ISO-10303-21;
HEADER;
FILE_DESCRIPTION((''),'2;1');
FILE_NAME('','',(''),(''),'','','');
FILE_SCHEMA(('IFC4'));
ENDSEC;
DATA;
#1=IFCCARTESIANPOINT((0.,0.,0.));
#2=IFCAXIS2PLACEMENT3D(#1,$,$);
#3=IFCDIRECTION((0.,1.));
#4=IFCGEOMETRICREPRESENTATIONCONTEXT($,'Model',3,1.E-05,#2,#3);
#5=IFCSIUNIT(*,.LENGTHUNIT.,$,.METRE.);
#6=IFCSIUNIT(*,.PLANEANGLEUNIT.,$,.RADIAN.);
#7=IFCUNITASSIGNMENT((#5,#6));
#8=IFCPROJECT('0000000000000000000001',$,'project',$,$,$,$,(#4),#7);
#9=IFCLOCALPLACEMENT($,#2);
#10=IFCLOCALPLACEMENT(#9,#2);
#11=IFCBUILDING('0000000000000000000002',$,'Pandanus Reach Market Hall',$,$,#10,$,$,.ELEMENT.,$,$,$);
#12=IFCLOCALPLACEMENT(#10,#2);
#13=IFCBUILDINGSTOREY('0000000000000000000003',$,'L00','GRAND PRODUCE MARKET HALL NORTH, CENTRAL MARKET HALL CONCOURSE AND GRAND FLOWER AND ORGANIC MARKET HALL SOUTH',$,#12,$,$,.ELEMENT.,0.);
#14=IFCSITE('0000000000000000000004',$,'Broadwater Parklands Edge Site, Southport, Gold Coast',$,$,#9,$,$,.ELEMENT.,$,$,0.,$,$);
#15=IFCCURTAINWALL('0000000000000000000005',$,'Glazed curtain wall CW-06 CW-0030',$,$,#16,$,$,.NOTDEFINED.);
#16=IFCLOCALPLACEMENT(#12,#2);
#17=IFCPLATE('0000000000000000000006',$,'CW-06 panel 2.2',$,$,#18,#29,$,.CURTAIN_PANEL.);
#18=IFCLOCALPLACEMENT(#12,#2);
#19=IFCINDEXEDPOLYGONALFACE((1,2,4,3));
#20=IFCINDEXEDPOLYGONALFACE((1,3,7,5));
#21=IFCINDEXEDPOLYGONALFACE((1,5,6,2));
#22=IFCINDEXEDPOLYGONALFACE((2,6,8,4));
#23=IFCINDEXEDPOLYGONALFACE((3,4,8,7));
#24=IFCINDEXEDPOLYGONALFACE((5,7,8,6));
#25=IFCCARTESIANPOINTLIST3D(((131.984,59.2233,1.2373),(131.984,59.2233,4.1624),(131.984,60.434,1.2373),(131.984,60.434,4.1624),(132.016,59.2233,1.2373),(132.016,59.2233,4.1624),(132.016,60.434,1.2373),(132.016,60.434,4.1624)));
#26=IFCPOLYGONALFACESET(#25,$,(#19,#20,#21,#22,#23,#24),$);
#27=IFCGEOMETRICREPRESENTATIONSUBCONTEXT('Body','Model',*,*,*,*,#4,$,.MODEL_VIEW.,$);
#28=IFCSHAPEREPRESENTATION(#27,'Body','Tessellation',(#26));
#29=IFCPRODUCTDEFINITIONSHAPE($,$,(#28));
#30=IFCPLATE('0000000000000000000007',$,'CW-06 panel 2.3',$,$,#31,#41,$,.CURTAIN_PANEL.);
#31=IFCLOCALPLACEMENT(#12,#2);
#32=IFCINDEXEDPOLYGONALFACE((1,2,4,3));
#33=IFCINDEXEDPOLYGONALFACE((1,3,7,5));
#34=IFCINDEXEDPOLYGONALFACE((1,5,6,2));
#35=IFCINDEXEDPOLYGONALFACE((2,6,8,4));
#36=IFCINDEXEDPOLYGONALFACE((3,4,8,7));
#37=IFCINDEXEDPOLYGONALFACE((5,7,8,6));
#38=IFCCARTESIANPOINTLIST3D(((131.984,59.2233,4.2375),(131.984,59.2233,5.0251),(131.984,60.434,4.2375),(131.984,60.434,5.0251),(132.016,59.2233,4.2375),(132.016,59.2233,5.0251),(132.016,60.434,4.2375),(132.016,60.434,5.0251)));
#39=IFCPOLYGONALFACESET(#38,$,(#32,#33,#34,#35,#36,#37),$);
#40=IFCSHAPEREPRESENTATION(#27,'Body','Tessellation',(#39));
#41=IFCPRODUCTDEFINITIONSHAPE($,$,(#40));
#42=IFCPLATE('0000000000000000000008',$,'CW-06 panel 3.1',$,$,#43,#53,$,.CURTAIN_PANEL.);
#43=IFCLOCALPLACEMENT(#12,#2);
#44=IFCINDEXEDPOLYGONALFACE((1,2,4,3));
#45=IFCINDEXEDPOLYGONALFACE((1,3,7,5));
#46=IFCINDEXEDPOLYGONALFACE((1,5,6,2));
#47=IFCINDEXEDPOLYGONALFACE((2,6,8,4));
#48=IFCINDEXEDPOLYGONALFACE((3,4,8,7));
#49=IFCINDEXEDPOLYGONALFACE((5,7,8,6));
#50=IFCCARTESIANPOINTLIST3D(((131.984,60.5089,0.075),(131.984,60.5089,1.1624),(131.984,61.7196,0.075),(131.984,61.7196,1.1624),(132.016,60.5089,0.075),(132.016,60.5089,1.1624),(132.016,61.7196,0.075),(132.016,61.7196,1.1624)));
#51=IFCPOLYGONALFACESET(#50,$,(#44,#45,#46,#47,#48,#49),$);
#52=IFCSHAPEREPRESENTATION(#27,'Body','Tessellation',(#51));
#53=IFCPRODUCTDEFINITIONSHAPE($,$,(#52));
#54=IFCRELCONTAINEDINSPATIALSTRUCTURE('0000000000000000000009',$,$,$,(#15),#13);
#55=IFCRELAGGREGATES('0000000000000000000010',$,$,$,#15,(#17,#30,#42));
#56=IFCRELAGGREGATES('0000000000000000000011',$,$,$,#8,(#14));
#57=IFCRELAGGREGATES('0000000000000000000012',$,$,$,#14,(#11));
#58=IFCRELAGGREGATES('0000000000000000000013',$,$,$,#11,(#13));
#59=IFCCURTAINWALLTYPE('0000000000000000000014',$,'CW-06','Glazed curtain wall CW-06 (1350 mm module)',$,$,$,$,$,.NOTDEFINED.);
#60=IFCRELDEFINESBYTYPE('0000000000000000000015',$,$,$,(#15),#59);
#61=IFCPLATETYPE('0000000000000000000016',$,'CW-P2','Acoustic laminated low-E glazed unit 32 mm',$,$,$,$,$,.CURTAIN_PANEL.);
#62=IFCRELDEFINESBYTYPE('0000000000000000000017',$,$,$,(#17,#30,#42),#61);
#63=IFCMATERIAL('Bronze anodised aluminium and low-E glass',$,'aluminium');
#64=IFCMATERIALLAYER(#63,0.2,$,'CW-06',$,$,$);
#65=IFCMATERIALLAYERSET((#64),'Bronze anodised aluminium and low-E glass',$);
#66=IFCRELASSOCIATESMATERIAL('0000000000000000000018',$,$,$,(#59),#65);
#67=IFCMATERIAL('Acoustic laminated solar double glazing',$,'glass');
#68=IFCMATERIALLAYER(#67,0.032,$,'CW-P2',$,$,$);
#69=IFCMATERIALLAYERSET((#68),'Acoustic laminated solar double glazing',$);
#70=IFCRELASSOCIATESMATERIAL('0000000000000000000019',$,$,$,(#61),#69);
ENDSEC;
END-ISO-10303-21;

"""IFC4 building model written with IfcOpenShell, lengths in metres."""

from ifc_helpers import new_model, si_unit, direction, frame, origin, origin_2d, place, context, subcontext, project, spatial, rectangle, extrude, material, layer, layer_set, type_object, element, aggregate, save


model = new_model("IFC4")

# Units and contexts
model_context = context("Model", 3, precision=1e-05, world=origin(), true_north=direction((0.0, 1.0)))
body_context = subcontext(model_context, "Body", "Model", "MODEL_VIEW")
ifc_project = project(units=[si_unit("LENGTHUNIT", "METRE"), si_unit("PLANEANGLEUNIT", "RADIAN")], contexts=[model_context])

# Site, building, storey
site_placement = place(None, origin())
site = spatial("IfcSite", under=ifc_project, at=site_placement, Name="Broadwater Parklands Edge Site, Southport, Gold Coast", CompositionType="ELEMENT", RefElevation=0.0)
building_placement = place(site_placement, origin())
building = spatial("IfcBuilding", under=site, at=building_placement, Name="Pandanus Reach Market Hall", CompositionType="ELEMENT")
storey_placement = place(building_placement, origin())
storey = spatial("IfcBuildingStorey", under=building, at=storey_placement, Name="L00", Description="GRAND PRODUCE MARKET HALL NORTH, CENTRAL MARKET HALL CONCOURSE AND GRAND FLOWER AND ORGANIC MARKET HALL SOUTH", CompositionType="ELEMENT", Elevation=0.0)

# Curtain wall
ifc_material_1 = material(Name="Bronze anodised aluminium and low-E glass", Category="aluminium")
ifc_layer_1 = layer(ifc_material_1, 0.2, Name="CW-06")
ifc_layer_set_1 = layer_set([ifc_layer_1], Name="Bronze anodised aluminium and low-E glass")
curtain_wall_type = type_object("IfcCurtainWallType", Name="CW-06", Description="Glazed curtain wall CW-06 (1350 mm module)", PredefinedType="NOTDEFINED", material=ifc_layer_set_1)
curtain_wall_1_placement = place(storey_placement, origin())
curtain_wall_1 = element("IfcCurtainWall", 1, at=curtain_wall_1_placement, inside=storey, type_object=curtain_wall_type, Name="Glazed curtain wall CW-06 CW-0030", PredefinedType="NOTDEFINED")

# Plates
ifc_material_2 = material(Name="Acoustic laminated solar double glazing", Category="glass")
ifc_layer_2 = layer(ifc_material_2, 0.032, Name="CW-P2")
ifc_layer_set_2 = layer_set([ifc_layer_2], Name="Acoustic laminated solar double glazing")
plate_type = type_object("IfcPlateType", Name="CW-P2", Description="Acoustic laminated low-E glazed unit 32 mm", PredefinedType="CURTAIN_PANEL", material=ifc_layer_set_2)
plate_1_placement = place(storey_placement, frame((132.0, 59.8286, 1.2373), z_axis=(0.0, 0.0, 1.0), x_axis=(0.0, 1.0, 0.0)))
plate_1 = element("IfcPlate", 2, at=plate_1_placement, type_object=plate_type, Name="CW-06 panel 2.2", PredefinedType="CURTAIN_PANEL", context=body_context, shape_type="SweptSolid", body=[
    extrude(rectangle(XDim=1.2107, YDim=0.032, at=origin_2d()), origin(), (0.0, 0.0, 1.0), 2.925),
])
plate_2_placement = place(storey_placement, frame((132.0, 59.8286, 4.2375), z_axis=(0.0, 0.0, 1.0), x_axis=(0.0, 1.0, 0.0)))
plate_2 = element("IfcPlate", 3, at=plate_2_placement, type_object=plate_type, Name="CW-06 panel 2.3", PredefinedType="CURTAIN_PANEL", context=body_context, shape_type="SweptSolid", body=[
    extrude(rectangle(XDim=1.2107, YDim=0.032, at=origin_2d()), origin(), (0.0, 0.0, 1.0), 0.7876),
])
plate_3_placement = place(storey_placement, frame((132.0, 61.1143, 0.075), z_axis=(0.0, 0.0, 1.0), x_axis=(0.0, 1.0, 0.0)))
plate_3 = element("IfcPlate", 4, at=plate_3_placement, type_object=plate_type, Name="CW-06 panel 3.1", PredefinedType="CURTAIN_PANEL", context=body_context, shape_type="SweptSolid", body=[
    extrude(rectangle(XDim=1.2107, YDim=0.032, at=origin_2d()), origin(), (0.0, 0.0, 1.0), 1.0874),
])
aggregate(curtain_wall_1, [plate_1, plate_2, plate_3])

save(model, "model.ifc")
